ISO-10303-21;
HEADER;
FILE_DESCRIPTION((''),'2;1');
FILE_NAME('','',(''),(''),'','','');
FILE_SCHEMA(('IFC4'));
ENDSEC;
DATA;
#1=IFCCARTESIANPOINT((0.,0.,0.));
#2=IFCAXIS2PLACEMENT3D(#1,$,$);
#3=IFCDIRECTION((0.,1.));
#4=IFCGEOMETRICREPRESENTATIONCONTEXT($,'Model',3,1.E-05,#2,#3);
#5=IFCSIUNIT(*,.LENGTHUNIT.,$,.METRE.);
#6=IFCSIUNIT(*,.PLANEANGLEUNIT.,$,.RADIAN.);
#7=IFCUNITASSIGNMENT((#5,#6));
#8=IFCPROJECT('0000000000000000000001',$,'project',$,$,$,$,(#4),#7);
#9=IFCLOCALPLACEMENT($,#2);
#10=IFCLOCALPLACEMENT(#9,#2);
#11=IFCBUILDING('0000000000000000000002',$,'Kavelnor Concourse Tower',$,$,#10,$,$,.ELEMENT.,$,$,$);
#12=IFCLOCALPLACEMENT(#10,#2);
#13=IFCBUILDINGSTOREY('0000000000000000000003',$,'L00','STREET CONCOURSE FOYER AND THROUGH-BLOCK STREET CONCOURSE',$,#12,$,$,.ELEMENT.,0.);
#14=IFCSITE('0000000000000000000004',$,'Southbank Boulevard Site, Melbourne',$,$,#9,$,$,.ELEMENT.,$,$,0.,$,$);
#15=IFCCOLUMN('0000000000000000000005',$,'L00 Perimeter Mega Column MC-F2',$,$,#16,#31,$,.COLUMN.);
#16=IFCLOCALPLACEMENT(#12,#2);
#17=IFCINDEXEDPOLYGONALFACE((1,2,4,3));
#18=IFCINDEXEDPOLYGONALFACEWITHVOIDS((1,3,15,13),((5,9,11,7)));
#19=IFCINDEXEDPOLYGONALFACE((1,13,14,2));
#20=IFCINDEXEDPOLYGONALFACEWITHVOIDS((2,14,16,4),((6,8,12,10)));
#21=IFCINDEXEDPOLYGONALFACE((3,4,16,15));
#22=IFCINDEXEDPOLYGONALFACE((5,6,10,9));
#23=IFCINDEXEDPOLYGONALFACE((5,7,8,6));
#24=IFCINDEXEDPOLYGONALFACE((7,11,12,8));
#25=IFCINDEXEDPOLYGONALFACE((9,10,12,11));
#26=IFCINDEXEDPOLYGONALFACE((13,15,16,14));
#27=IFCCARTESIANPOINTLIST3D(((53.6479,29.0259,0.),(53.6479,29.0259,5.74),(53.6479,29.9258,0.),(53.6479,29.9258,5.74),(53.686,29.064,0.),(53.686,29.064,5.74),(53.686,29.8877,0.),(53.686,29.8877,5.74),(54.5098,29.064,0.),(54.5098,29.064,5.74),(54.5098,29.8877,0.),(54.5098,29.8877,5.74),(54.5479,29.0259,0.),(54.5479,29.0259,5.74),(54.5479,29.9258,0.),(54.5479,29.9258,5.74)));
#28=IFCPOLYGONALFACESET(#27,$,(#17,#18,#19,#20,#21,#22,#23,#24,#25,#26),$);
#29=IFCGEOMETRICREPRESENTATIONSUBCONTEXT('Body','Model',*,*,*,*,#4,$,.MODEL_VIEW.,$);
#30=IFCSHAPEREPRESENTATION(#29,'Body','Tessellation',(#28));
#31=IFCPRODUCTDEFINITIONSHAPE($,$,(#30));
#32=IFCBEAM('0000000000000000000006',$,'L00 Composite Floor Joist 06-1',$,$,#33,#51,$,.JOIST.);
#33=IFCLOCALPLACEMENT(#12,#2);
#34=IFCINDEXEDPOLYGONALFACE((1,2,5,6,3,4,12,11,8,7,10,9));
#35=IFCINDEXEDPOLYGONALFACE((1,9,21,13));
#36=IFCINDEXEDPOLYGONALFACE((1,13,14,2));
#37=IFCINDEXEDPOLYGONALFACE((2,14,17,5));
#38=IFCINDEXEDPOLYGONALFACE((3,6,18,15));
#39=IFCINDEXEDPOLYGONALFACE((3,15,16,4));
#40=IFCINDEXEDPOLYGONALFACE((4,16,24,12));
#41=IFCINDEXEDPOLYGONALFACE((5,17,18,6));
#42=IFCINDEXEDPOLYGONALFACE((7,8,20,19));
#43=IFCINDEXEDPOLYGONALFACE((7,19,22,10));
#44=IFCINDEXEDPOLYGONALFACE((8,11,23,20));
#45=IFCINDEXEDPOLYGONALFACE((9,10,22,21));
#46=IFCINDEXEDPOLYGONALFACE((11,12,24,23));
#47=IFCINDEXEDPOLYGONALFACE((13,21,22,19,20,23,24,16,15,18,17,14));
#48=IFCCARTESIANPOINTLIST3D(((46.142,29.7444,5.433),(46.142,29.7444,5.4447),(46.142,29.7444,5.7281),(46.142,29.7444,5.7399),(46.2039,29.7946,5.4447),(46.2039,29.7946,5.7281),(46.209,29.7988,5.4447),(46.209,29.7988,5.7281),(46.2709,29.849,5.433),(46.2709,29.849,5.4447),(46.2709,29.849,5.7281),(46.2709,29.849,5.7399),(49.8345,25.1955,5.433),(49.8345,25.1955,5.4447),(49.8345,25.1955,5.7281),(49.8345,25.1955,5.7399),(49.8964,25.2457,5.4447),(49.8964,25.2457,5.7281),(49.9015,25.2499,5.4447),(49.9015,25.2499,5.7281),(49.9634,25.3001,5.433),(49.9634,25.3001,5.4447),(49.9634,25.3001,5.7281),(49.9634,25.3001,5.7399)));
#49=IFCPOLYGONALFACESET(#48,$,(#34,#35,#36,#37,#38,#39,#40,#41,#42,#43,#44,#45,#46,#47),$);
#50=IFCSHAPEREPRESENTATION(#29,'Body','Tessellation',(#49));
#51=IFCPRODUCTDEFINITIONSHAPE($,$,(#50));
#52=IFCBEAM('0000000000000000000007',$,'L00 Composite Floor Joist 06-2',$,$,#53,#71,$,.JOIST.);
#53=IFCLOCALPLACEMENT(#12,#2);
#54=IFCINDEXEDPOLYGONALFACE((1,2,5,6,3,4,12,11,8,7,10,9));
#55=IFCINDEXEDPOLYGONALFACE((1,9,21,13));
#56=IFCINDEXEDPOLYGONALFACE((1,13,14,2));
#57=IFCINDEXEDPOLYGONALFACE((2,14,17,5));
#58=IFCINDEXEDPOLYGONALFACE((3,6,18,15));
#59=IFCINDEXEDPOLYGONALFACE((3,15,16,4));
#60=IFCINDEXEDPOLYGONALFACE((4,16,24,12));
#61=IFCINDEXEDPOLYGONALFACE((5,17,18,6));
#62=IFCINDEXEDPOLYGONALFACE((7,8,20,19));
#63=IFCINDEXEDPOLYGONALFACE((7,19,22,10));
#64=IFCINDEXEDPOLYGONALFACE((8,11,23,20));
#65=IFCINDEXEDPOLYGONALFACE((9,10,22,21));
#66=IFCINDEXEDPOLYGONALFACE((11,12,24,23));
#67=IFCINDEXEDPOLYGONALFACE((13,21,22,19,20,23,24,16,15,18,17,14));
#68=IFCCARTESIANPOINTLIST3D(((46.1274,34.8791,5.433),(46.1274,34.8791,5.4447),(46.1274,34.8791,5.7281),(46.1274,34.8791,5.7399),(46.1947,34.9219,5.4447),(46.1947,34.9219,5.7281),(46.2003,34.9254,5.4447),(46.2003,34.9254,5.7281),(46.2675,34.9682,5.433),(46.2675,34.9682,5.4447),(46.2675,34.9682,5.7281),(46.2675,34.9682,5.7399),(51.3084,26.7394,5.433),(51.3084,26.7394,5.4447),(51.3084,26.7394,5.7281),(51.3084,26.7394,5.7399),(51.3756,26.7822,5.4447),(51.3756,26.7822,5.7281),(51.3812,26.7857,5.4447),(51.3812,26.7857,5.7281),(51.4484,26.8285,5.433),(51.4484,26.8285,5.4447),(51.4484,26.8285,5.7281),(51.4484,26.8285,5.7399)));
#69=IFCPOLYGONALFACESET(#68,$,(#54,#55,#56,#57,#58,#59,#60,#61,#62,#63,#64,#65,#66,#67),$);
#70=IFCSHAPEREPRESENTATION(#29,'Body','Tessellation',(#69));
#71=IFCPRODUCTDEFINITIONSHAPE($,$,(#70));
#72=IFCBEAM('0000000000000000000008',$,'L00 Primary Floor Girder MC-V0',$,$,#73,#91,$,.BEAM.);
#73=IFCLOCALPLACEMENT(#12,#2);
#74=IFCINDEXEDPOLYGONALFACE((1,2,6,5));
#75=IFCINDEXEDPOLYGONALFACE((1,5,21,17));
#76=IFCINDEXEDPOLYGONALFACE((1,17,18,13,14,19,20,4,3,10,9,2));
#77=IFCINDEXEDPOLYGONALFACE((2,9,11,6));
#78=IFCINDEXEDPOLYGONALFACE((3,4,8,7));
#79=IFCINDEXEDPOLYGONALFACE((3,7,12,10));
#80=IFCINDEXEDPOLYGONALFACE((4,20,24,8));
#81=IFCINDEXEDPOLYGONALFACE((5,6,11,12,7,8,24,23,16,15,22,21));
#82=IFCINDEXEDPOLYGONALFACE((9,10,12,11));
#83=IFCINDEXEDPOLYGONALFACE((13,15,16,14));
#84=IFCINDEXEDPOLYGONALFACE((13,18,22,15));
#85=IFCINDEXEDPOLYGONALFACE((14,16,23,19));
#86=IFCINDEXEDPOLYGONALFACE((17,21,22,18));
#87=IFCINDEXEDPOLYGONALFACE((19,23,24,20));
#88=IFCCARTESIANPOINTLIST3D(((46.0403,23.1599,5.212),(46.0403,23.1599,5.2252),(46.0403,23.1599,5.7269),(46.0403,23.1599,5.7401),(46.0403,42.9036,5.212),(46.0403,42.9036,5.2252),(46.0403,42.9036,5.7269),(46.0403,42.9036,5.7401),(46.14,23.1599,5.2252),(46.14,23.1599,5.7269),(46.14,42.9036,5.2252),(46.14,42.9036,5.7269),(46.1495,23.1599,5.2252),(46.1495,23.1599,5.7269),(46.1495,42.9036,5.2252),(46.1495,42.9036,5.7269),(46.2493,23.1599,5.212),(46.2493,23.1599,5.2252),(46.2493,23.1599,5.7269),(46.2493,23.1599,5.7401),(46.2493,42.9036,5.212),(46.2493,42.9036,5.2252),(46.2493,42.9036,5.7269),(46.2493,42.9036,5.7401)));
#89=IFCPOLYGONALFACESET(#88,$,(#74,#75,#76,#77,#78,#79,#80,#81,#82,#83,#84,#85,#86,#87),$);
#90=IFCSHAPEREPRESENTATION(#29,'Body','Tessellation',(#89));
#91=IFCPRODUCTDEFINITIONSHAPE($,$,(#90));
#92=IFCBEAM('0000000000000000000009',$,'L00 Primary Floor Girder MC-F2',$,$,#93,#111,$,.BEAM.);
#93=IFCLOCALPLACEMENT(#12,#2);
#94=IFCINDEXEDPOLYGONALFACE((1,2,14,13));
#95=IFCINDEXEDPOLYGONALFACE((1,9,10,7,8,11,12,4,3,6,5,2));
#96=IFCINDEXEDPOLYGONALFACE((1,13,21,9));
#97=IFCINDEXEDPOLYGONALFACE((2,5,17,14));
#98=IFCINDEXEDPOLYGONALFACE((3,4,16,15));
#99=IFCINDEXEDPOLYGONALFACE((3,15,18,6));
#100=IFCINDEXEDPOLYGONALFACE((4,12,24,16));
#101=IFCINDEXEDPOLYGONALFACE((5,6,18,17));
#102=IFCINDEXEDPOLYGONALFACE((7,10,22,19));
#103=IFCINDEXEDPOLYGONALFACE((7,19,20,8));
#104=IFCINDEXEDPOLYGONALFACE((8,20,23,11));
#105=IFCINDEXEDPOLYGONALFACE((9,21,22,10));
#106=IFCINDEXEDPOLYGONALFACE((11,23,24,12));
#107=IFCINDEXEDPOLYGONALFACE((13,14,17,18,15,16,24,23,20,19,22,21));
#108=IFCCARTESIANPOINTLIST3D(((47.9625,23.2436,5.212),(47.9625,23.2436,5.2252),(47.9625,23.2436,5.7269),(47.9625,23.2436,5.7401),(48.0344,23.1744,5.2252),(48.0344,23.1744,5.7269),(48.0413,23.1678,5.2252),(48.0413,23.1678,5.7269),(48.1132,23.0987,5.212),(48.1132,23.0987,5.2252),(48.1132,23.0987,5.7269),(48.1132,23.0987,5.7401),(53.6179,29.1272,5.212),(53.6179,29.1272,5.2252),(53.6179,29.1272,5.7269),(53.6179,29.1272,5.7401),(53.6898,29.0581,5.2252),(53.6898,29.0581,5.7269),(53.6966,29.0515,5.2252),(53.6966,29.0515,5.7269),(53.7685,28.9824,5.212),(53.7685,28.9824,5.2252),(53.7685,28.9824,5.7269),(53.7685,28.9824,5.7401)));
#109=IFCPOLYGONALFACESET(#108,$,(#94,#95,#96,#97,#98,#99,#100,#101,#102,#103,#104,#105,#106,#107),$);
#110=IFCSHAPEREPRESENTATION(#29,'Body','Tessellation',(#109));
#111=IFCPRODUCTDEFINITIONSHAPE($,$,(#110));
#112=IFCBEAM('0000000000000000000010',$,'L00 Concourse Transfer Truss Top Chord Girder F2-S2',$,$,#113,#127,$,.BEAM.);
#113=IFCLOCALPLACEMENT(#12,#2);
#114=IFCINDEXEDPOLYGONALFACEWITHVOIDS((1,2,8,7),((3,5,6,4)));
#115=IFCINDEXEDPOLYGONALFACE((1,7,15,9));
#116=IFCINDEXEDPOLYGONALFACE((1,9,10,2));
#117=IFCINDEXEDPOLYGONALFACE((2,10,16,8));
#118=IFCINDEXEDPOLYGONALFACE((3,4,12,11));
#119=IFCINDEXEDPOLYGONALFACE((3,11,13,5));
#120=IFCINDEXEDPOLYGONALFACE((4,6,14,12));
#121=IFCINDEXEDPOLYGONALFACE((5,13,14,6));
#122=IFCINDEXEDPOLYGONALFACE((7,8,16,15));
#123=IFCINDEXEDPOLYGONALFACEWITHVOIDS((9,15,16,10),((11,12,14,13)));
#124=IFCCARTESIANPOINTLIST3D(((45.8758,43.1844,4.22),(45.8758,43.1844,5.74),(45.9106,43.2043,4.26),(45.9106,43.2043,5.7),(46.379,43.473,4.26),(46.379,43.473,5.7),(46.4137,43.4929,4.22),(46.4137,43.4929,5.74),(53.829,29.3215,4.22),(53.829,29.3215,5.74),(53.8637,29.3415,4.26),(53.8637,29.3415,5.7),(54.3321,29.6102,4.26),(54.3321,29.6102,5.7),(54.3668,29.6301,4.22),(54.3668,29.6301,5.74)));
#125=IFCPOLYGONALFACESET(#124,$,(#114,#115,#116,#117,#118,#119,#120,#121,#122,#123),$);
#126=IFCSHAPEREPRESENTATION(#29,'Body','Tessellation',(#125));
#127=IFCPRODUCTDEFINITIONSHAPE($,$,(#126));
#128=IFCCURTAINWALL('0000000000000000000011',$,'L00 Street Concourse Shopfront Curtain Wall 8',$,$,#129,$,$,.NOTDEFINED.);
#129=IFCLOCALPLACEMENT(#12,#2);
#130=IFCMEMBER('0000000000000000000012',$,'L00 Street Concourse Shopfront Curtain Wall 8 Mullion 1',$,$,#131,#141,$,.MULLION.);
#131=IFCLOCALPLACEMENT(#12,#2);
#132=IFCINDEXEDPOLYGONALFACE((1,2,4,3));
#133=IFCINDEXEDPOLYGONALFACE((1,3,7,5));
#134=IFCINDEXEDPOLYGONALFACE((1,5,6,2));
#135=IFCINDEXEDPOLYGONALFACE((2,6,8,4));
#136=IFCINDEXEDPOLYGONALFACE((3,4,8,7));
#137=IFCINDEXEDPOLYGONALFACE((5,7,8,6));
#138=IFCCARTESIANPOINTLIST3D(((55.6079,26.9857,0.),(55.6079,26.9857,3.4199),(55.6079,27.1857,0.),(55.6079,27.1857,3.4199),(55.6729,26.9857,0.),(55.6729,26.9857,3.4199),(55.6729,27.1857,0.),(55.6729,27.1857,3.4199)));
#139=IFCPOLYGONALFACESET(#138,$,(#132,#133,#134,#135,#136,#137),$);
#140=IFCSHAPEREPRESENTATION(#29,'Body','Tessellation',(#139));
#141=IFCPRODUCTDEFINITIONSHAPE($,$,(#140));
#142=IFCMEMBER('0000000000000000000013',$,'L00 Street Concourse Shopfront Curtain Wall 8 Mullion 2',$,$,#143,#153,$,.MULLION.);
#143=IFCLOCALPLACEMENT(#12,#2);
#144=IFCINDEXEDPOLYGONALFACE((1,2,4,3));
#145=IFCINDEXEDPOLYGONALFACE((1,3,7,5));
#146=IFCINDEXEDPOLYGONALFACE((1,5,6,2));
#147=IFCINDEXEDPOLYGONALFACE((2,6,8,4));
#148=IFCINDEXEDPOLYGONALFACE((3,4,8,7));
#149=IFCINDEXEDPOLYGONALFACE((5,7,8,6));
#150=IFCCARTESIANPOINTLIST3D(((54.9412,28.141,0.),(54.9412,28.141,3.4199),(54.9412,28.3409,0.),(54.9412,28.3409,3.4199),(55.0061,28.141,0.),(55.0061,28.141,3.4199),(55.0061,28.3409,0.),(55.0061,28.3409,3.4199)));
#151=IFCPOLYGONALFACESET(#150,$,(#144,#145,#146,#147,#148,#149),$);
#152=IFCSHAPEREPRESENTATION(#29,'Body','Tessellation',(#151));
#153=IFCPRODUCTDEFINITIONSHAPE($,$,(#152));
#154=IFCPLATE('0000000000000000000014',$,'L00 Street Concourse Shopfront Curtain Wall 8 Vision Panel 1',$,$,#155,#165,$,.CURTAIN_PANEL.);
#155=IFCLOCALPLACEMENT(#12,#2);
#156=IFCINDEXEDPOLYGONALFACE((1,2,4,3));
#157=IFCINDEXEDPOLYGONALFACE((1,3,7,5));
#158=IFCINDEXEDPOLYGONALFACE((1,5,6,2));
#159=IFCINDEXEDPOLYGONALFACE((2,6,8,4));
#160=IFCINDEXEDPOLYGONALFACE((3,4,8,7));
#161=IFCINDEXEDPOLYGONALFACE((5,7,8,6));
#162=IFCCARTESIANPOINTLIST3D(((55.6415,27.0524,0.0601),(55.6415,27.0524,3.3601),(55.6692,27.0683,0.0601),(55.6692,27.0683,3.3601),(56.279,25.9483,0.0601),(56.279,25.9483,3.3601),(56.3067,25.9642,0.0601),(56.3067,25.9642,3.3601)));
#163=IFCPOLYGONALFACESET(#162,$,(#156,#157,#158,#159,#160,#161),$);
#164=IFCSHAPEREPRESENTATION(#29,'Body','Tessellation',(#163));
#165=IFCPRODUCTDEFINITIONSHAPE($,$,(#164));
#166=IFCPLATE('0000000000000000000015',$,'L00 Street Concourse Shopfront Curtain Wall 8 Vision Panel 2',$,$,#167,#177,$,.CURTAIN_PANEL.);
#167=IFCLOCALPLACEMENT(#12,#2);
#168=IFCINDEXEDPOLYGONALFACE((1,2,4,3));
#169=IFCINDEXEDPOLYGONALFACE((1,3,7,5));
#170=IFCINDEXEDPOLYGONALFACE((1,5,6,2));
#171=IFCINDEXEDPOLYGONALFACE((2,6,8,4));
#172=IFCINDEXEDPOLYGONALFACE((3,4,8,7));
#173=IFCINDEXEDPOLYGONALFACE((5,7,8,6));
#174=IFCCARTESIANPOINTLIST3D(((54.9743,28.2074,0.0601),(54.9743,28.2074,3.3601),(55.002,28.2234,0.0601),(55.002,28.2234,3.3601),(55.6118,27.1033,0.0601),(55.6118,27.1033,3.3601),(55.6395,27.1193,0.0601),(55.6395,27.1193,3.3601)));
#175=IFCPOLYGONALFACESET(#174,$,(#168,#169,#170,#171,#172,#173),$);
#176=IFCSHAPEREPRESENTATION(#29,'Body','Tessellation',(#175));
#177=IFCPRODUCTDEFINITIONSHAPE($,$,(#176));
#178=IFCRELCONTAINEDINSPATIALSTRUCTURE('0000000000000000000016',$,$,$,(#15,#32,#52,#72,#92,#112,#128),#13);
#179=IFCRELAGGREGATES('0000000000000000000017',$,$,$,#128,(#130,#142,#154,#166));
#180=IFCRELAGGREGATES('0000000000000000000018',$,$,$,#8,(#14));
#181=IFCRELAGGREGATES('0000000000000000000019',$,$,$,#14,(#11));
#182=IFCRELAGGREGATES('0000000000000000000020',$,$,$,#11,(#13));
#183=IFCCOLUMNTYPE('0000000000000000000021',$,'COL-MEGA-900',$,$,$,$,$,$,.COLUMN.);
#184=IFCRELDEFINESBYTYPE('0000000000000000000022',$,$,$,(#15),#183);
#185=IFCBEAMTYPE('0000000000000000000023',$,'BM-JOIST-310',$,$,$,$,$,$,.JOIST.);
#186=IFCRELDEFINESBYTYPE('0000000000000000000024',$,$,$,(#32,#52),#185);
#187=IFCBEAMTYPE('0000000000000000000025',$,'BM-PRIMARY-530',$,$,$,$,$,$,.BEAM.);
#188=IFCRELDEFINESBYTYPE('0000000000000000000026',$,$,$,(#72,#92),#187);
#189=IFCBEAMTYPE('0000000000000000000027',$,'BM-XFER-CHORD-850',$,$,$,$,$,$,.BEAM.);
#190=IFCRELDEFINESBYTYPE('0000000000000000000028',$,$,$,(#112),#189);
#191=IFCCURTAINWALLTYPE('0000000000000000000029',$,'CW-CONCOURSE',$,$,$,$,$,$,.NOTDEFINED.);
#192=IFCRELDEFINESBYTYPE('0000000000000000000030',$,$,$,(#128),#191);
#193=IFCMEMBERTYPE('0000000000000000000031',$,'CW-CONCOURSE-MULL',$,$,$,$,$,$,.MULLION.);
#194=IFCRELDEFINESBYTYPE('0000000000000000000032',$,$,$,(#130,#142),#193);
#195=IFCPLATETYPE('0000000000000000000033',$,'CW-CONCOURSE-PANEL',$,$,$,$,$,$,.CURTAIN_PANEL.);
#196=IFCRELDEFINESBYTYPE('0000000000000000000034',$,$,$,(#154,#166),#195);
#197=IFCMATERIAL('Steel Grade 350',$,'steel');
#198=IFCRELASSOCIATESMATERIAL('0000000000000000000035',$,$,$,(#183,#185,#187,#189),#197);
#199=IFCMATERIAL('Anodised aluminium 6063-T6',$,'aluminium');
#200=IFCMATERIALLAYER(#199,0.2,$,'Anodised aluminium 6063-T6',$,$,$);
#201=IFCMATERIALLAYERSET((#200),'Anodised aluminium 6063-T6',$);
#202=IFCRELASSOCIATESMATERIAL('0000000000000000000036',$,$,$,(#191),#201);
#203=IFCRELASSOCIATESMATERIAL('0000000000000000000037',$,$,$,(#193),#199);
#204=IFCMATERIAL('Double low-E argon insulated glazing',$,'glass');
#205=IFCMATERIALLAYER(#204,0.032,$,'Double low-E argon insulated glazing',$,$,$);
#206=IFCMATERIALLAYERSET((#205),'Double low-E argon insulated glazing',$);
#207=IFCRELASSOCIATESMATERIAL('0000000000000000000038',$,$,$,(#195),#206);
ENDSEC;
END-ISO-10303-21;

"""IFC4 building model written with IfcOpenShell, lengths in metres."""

from ifc_helpers import new_model, si_unit, direction, frame, origin, origin_2d, place, context, subcontext, project, spatial, rectangle, hollow_rectangle, i_section, extrude, material, layer, layer_set, material_profile, profile_set, type_object, element, aggregate, save


model = new_model("IFC4")

# Units and contexts
model_context = context("Model", 3, precision=1e-05, world=origin(), true_north=direction((0.0, 1.0)))
body_context = subcontext(model_context, "Body", "Model", "MODEL_VIEW")
ifc_project = project(units=[si_unit("LENGTHUNIT", "METRE"), si_unit("PLANEANGLEUNIT", "RADIAN")], contexts=[model_context])

# Site, building, storey
site_placement = place(None, origin())
site = spatial("IfcSite", under=ifc_project, at=site_placement, Name="Southbank Boulevard Site, Melbourne", CompositionType="ELEMENT", RefElevation=0.0)
building_placement = place(site_placement, origin())
building = spatial("IfcBuilding", under=site, at=building_placement, Name="Kavelnor Concourse Tower", CompositionType="ELEMENT")
storey_placement = place(building_placement, origin())
storey = spatial("IfcBuildingStorey", under=building, at=storey_placement, Name="L00", Description="STREET CONCOURSE FOYER AND THROUGH-BLOCK STREET CONCOURSE", CompositionType="ELEMENT", Elevation=0.0)

# Column
ifc_material_1 = material(Name="Steel Grade 350", Category="steel")
ifc_material_profile_1 = material_profile(ifc_material_1, hollow_rectangle(XDim=0.8999, YDim=0.8999, WallThickness=0.0381, at=origin_2d()), Name="SHS 900x900x38")
ifc_profile_set_1 = profile_set([ifc_material_profile_1], Name="Steel Grade 350")
column_type = type_object("IfcColumnType", Name="COL-MEGA-900", PredefinedType="COLUMN", material=ifc_profile_set_1)
column_placement = place(storey_placement, frame((54.0979, 29.4758, 0.0), z_axis=(0.0, 0.0, 1.0), x_axis=(1.0, 0.0, 0.0)))
element("IfcColumn", 1, at=column_placement, inside=storey, type_object=column_type, Name="L00 Perimeter Mega Column MC-F2", PredefinedType="COLUMN", context=body_context, shape_type="SweptSolid", body=[
    extrude(hollow_rectangle(XDim=0.8999, YDim=0.8999, WallThickness=0.0381, at=origin_2d()), origin(), (0.0, 0.0, 1.0), 5.74),
])

# Beams
ifc_material_profile_2 = material_profile(ifc_material_1, i_section(OverallWidth=0.166, OverallDepth=0.3069, WebThickness=0.0066, FlangeThickness=0.0117, at=origin_2d()), Name="310UB46")
ifc_profile_set_2 = profile_set([ifc_material_profile_2], Name="Steel Grade 350")
beam_type_1 = type_object("IfcBeamType", Name="BM-JOIST-310", PredefinedType="JOIST", material=ifc_profile_set_2)
beam_1_placement = place(storey_placement, frame((49.8989, 25.2478, 5.5864), z_axis=(-0.630229, 0.77641, 0.0), x_axis=(-0.77641, -0.630229, 0.0)))
element("IfcBeam", 2, at=beam_1_placement, inside=storey, type_object=beam_type_1, Name="L00 Composite Floor Joist 06-1", PredefinedType="JOIST", context=body_context, shape_type="SweptSolid", body=[
    extrude(i_section(OverallWidth=0.166, OverallDepth=0.3069, WebThickness=0.0066, FlangeThickness=0.0117, at=origin_2d()), origin(), (0.0, 0.0, 1.0), 5.8589),
])
beam_2_placement = place(storey_placement, frame((51.3784, 26.7839, 5.5864), z_axis=(-0.536959, 0.843608, 0.0), x_axis=(-0.843608, -0.536959, 0.0)))
element("IfcBeam", 3, at=beam_2_placement, inside=storey, type_object=beam_type_1, Name="L00 Composite Floor Joist 06-2", PredefinedType="JOIST", context=body_context, shape_type="SweptSolid", body=[
    extrude(i_section(OverallWidth=0.166, OverallDepth=0.3069, WebThickness=0.0066, FlangeThickness=0.0117, at=origin_2d()), origin(), (0.0, 0.0, 1.0), 9.6487),
])
ifc_material_profile_3 = material_profile(ifc_material_1, i_section(OverallWidth=0.209, OverallDepth=0.5281, WebThickness=0.0095, FlangeThickness=0.0132, at=origin_2d()), Name="530UB82")
ifc_profile_set_3 = profile_set([ifc_material_profile_3], Name="Steel Grade 350")
beam_type_2 = type_object("IfcBeamType", Name="BM-PRIMARY-530", PredefinedType="BEAM", material=ifc_profile_set_3)
beam_3_placement = place(storey_placement, frame((46.1448, 23.1599, 5.4761), z_axis=(0.0, 1.0, 0.0), x_axis=(-1.0, 0.0, 0.0)))
element("IfcBeam", 4, at=beam_3_placement, inside=storey, type_object=beam_type_2, Name="L00 Primary Floor Girder MC-V0", PredefinedType="BEAM", context=body_context, shape_type="SweptSolid", body=[
    extrude(i_section(OverallWidth=0.209, OverallDepth=0.5281, WebThickness=0.0095, FlangeThickness=0.0132, at=origin_2d()), origin(), (0.0, 0.0, 1.0), 19.7437),
])
beam_4_placement = place(storey_placement, frame((48.0378, 23.1711, 5.4761), z_axis=(0.692983, 0.720954, 0.0), x_axis=(-0.720954, 0.692983, 0.0)))
element("IfcBeam", 5, at=beam_4_placement, inside=storey, type_object=beam_type_2, Name="L00 Primary Floor Girder MC-F2", PredefinedType="BEAM", context=body_context, shape_type="SweptSolid", body=[
    extrude(i_section(OverallWidth=0.209, OverallDepth=0.5281, WebThickness=0.0095, FlangeThickness=0.0132, at=origin_2d()), origin(), (0.0, 0.0, 1.0), 8.1609),
])
ifc_material_profile_4 = material_profile(ifc_material_1, hollow_rectangle(XDim=0.6201, YDim=1.52, WallThickness=0.04, at=origin_2d()), Name="RHS 1520x620x40")
ifc_profile_set_4 = profile_set([ifc_material_profile_4], Name="Steel Grade 350")
beam_type_3 = type_object("IfcBeamType", Name="BM-XFER-CHORD-850", PredefinedType="BEAM", material=ifc_profile_set_4)
beam_5_placement = place(storey_placement, frame((54.0979, 29.4758, 4.98), z_axis=(-0.497625, 0.867392, 0.0), x_axis=(-0.867392, -0.497625, 0.0)))
element("IfcBeam", 6, at=beam_5_placement, inside=storey, type_object=beam_type_3, Name="L00 Concourse Transfer Truss Top Chord Girder F2-S2", PredefinedType="BEAM", context=body_context, shape_type="SweptSolid", body=[
    extrude(hollow_rectangle(XDim=0.6201, YDim=1.52, WallThickness=0.04, at=origin_2d()), origin(), (0.0, 0.0, 1.0), 15.9822),
])

# Curtain wall, members, plates
ifc_material_2 = material(Name="Anodised aluminium 6063-T6", Category="aluminium")
ifc_layer_1 = layer(ifc_material_2, 0.2, Name="Anodised aluminium 6063-T6")
ifc_layer_set_1 = layer_set([ifc_layer_1], Name="Anodised aluminium 6063-T6")
curtain_wall_type = type_object("IfcCurtainWallType", Name="CW-CONCOURSE", PredefinedType="NOTDEFINED", material=ifc_layer_set_1)
curtain_wall_placement = place(storey_placement, origin())
curtain_wall = element("IfcCurtainWall", 7, at=curtain_wall_placement, inside=storey, type_object=curtain_wall_type, Name="L00 Street Concourse Shopfront Curtain Wall 8", PredefinedType="NOTDEFINED")
ifc_material_profile_5 = material_profile(ifc_material_2, rectangle(XDim=0.0649, YDim=0.2, at=origin_2d()), Name="AL-MULL 65x200")
ifc_profile_set_5 = profile_set([ifc_material_profile_5], Name="Anodised aluminium 6063-T6")
member_type = type_object("IfcMemberType", Name="CW-CONCOURSE-MULL", PredefinedType="MULLION", material=ifc_profile_set_5)
member_1_placement = place(storey_placement, frame((55.6404, 27.0857, 0.0), z_axis=(0.0, 0.0, 1.0), x_axis=(1.0, 0.0, 0.0)))
member_1 = element("IfcMember", 8, at=member_1_placement, type_object=member_type, Name="L00 Street Concourse Shopfront Curtain Wall 8 Mullion 1", PredefinedType="MULLION", context=body_context, shape_type="SweptSolid", body=[
    extrude(rectangle(XDim=0.0649, YDim=0.2, at=origin_2d()), origin(), (0.0, 0.0, 1.0), 3.4199),
])
member_2_placement = place(storey_placement, frame((54.9736, 28.241, 0.0), z_axis=(0.0, 0.0, 1.0), x_axis=(1.0, 0.0, 0.0)))
member_2 = element("IfcMember", 9, at=member_2_placement, type_object=member_type, Name="L00 Street Concourse Shopfront Curtain Wall 8 Mullion 2", PredefinedType="MULLION", context=body_context, shape_type="SweptSolid", body=[
    extrude(rectangle(XDim=0.0649, YDim=0.2, at=origin_2d()), origin(), (0.0, 0.0, 1.0), 3.4199),
])
ifc_material_3 = material(Name="Double low-E argon insulated glazing", Category="glass")
ifc_layer_2 = layer(ifc_material_3, 0.032, Name="Double low-E argon insulated glazing")
ifc_layer_set_2 = layer_set([ifc_layer_2], Name="Double low-E argon insulated glazing")
plate_type = type_object("IfcPlateType", Name="CW-CONCOURSE-PANEL", PredefinedType="CURTAIN_PANEL", material=ifc_layer_set_2)
plate_1_placement = place(storey_placement, frame((55.9741, 26.5083, 0.0601), z_axis=(0.0, 0.0, 1.0), x_axis=(-0.5, 0.866025, 0.0)))
plate_1 = element("IfcPlate", 10, at=plate_1_placement, type_object=plate_type, Name="L00 Street Concourse Shopfront Curtain Wall 8 Vision Panel 1", PredefinedType="CURTAIN_PANEL", context=body_context, shape_type="SweptSolid", body=[
    extrude(rectangle(XDim=1.2749, YDim=0.032, at=origin_2d()), origin(), (0.0, 0.0, 1.0), 3.3),
])
plate_2_placement = place(storey_placement, frame((55.3069, 27.6633, 0.0601), z_axis=(0.0, 0.0, 1.0), x_axis=(-0.5, 0.866025, 0.0)))
plate_2 = element("IfcPlate", 11, at=plate_2_placement, type_object=plate_type, Name="L00 Street Concourse Shopfront Curtain Wall 8 Vision Panel 2", PredefinedType="CURTAIN_PANEL", context=body_context, shape_type="SweptSolid", body=[
    extrude(rectangle(XDim=1.2749, YDim=0.032, at=origin_2d()), origin(), (0.0, 0.0, 1.0), 3.3),
])
aggregate(curtain_wall, [member_1, member_2, plate_1, plate_2])

save(model, "model.ifc")
